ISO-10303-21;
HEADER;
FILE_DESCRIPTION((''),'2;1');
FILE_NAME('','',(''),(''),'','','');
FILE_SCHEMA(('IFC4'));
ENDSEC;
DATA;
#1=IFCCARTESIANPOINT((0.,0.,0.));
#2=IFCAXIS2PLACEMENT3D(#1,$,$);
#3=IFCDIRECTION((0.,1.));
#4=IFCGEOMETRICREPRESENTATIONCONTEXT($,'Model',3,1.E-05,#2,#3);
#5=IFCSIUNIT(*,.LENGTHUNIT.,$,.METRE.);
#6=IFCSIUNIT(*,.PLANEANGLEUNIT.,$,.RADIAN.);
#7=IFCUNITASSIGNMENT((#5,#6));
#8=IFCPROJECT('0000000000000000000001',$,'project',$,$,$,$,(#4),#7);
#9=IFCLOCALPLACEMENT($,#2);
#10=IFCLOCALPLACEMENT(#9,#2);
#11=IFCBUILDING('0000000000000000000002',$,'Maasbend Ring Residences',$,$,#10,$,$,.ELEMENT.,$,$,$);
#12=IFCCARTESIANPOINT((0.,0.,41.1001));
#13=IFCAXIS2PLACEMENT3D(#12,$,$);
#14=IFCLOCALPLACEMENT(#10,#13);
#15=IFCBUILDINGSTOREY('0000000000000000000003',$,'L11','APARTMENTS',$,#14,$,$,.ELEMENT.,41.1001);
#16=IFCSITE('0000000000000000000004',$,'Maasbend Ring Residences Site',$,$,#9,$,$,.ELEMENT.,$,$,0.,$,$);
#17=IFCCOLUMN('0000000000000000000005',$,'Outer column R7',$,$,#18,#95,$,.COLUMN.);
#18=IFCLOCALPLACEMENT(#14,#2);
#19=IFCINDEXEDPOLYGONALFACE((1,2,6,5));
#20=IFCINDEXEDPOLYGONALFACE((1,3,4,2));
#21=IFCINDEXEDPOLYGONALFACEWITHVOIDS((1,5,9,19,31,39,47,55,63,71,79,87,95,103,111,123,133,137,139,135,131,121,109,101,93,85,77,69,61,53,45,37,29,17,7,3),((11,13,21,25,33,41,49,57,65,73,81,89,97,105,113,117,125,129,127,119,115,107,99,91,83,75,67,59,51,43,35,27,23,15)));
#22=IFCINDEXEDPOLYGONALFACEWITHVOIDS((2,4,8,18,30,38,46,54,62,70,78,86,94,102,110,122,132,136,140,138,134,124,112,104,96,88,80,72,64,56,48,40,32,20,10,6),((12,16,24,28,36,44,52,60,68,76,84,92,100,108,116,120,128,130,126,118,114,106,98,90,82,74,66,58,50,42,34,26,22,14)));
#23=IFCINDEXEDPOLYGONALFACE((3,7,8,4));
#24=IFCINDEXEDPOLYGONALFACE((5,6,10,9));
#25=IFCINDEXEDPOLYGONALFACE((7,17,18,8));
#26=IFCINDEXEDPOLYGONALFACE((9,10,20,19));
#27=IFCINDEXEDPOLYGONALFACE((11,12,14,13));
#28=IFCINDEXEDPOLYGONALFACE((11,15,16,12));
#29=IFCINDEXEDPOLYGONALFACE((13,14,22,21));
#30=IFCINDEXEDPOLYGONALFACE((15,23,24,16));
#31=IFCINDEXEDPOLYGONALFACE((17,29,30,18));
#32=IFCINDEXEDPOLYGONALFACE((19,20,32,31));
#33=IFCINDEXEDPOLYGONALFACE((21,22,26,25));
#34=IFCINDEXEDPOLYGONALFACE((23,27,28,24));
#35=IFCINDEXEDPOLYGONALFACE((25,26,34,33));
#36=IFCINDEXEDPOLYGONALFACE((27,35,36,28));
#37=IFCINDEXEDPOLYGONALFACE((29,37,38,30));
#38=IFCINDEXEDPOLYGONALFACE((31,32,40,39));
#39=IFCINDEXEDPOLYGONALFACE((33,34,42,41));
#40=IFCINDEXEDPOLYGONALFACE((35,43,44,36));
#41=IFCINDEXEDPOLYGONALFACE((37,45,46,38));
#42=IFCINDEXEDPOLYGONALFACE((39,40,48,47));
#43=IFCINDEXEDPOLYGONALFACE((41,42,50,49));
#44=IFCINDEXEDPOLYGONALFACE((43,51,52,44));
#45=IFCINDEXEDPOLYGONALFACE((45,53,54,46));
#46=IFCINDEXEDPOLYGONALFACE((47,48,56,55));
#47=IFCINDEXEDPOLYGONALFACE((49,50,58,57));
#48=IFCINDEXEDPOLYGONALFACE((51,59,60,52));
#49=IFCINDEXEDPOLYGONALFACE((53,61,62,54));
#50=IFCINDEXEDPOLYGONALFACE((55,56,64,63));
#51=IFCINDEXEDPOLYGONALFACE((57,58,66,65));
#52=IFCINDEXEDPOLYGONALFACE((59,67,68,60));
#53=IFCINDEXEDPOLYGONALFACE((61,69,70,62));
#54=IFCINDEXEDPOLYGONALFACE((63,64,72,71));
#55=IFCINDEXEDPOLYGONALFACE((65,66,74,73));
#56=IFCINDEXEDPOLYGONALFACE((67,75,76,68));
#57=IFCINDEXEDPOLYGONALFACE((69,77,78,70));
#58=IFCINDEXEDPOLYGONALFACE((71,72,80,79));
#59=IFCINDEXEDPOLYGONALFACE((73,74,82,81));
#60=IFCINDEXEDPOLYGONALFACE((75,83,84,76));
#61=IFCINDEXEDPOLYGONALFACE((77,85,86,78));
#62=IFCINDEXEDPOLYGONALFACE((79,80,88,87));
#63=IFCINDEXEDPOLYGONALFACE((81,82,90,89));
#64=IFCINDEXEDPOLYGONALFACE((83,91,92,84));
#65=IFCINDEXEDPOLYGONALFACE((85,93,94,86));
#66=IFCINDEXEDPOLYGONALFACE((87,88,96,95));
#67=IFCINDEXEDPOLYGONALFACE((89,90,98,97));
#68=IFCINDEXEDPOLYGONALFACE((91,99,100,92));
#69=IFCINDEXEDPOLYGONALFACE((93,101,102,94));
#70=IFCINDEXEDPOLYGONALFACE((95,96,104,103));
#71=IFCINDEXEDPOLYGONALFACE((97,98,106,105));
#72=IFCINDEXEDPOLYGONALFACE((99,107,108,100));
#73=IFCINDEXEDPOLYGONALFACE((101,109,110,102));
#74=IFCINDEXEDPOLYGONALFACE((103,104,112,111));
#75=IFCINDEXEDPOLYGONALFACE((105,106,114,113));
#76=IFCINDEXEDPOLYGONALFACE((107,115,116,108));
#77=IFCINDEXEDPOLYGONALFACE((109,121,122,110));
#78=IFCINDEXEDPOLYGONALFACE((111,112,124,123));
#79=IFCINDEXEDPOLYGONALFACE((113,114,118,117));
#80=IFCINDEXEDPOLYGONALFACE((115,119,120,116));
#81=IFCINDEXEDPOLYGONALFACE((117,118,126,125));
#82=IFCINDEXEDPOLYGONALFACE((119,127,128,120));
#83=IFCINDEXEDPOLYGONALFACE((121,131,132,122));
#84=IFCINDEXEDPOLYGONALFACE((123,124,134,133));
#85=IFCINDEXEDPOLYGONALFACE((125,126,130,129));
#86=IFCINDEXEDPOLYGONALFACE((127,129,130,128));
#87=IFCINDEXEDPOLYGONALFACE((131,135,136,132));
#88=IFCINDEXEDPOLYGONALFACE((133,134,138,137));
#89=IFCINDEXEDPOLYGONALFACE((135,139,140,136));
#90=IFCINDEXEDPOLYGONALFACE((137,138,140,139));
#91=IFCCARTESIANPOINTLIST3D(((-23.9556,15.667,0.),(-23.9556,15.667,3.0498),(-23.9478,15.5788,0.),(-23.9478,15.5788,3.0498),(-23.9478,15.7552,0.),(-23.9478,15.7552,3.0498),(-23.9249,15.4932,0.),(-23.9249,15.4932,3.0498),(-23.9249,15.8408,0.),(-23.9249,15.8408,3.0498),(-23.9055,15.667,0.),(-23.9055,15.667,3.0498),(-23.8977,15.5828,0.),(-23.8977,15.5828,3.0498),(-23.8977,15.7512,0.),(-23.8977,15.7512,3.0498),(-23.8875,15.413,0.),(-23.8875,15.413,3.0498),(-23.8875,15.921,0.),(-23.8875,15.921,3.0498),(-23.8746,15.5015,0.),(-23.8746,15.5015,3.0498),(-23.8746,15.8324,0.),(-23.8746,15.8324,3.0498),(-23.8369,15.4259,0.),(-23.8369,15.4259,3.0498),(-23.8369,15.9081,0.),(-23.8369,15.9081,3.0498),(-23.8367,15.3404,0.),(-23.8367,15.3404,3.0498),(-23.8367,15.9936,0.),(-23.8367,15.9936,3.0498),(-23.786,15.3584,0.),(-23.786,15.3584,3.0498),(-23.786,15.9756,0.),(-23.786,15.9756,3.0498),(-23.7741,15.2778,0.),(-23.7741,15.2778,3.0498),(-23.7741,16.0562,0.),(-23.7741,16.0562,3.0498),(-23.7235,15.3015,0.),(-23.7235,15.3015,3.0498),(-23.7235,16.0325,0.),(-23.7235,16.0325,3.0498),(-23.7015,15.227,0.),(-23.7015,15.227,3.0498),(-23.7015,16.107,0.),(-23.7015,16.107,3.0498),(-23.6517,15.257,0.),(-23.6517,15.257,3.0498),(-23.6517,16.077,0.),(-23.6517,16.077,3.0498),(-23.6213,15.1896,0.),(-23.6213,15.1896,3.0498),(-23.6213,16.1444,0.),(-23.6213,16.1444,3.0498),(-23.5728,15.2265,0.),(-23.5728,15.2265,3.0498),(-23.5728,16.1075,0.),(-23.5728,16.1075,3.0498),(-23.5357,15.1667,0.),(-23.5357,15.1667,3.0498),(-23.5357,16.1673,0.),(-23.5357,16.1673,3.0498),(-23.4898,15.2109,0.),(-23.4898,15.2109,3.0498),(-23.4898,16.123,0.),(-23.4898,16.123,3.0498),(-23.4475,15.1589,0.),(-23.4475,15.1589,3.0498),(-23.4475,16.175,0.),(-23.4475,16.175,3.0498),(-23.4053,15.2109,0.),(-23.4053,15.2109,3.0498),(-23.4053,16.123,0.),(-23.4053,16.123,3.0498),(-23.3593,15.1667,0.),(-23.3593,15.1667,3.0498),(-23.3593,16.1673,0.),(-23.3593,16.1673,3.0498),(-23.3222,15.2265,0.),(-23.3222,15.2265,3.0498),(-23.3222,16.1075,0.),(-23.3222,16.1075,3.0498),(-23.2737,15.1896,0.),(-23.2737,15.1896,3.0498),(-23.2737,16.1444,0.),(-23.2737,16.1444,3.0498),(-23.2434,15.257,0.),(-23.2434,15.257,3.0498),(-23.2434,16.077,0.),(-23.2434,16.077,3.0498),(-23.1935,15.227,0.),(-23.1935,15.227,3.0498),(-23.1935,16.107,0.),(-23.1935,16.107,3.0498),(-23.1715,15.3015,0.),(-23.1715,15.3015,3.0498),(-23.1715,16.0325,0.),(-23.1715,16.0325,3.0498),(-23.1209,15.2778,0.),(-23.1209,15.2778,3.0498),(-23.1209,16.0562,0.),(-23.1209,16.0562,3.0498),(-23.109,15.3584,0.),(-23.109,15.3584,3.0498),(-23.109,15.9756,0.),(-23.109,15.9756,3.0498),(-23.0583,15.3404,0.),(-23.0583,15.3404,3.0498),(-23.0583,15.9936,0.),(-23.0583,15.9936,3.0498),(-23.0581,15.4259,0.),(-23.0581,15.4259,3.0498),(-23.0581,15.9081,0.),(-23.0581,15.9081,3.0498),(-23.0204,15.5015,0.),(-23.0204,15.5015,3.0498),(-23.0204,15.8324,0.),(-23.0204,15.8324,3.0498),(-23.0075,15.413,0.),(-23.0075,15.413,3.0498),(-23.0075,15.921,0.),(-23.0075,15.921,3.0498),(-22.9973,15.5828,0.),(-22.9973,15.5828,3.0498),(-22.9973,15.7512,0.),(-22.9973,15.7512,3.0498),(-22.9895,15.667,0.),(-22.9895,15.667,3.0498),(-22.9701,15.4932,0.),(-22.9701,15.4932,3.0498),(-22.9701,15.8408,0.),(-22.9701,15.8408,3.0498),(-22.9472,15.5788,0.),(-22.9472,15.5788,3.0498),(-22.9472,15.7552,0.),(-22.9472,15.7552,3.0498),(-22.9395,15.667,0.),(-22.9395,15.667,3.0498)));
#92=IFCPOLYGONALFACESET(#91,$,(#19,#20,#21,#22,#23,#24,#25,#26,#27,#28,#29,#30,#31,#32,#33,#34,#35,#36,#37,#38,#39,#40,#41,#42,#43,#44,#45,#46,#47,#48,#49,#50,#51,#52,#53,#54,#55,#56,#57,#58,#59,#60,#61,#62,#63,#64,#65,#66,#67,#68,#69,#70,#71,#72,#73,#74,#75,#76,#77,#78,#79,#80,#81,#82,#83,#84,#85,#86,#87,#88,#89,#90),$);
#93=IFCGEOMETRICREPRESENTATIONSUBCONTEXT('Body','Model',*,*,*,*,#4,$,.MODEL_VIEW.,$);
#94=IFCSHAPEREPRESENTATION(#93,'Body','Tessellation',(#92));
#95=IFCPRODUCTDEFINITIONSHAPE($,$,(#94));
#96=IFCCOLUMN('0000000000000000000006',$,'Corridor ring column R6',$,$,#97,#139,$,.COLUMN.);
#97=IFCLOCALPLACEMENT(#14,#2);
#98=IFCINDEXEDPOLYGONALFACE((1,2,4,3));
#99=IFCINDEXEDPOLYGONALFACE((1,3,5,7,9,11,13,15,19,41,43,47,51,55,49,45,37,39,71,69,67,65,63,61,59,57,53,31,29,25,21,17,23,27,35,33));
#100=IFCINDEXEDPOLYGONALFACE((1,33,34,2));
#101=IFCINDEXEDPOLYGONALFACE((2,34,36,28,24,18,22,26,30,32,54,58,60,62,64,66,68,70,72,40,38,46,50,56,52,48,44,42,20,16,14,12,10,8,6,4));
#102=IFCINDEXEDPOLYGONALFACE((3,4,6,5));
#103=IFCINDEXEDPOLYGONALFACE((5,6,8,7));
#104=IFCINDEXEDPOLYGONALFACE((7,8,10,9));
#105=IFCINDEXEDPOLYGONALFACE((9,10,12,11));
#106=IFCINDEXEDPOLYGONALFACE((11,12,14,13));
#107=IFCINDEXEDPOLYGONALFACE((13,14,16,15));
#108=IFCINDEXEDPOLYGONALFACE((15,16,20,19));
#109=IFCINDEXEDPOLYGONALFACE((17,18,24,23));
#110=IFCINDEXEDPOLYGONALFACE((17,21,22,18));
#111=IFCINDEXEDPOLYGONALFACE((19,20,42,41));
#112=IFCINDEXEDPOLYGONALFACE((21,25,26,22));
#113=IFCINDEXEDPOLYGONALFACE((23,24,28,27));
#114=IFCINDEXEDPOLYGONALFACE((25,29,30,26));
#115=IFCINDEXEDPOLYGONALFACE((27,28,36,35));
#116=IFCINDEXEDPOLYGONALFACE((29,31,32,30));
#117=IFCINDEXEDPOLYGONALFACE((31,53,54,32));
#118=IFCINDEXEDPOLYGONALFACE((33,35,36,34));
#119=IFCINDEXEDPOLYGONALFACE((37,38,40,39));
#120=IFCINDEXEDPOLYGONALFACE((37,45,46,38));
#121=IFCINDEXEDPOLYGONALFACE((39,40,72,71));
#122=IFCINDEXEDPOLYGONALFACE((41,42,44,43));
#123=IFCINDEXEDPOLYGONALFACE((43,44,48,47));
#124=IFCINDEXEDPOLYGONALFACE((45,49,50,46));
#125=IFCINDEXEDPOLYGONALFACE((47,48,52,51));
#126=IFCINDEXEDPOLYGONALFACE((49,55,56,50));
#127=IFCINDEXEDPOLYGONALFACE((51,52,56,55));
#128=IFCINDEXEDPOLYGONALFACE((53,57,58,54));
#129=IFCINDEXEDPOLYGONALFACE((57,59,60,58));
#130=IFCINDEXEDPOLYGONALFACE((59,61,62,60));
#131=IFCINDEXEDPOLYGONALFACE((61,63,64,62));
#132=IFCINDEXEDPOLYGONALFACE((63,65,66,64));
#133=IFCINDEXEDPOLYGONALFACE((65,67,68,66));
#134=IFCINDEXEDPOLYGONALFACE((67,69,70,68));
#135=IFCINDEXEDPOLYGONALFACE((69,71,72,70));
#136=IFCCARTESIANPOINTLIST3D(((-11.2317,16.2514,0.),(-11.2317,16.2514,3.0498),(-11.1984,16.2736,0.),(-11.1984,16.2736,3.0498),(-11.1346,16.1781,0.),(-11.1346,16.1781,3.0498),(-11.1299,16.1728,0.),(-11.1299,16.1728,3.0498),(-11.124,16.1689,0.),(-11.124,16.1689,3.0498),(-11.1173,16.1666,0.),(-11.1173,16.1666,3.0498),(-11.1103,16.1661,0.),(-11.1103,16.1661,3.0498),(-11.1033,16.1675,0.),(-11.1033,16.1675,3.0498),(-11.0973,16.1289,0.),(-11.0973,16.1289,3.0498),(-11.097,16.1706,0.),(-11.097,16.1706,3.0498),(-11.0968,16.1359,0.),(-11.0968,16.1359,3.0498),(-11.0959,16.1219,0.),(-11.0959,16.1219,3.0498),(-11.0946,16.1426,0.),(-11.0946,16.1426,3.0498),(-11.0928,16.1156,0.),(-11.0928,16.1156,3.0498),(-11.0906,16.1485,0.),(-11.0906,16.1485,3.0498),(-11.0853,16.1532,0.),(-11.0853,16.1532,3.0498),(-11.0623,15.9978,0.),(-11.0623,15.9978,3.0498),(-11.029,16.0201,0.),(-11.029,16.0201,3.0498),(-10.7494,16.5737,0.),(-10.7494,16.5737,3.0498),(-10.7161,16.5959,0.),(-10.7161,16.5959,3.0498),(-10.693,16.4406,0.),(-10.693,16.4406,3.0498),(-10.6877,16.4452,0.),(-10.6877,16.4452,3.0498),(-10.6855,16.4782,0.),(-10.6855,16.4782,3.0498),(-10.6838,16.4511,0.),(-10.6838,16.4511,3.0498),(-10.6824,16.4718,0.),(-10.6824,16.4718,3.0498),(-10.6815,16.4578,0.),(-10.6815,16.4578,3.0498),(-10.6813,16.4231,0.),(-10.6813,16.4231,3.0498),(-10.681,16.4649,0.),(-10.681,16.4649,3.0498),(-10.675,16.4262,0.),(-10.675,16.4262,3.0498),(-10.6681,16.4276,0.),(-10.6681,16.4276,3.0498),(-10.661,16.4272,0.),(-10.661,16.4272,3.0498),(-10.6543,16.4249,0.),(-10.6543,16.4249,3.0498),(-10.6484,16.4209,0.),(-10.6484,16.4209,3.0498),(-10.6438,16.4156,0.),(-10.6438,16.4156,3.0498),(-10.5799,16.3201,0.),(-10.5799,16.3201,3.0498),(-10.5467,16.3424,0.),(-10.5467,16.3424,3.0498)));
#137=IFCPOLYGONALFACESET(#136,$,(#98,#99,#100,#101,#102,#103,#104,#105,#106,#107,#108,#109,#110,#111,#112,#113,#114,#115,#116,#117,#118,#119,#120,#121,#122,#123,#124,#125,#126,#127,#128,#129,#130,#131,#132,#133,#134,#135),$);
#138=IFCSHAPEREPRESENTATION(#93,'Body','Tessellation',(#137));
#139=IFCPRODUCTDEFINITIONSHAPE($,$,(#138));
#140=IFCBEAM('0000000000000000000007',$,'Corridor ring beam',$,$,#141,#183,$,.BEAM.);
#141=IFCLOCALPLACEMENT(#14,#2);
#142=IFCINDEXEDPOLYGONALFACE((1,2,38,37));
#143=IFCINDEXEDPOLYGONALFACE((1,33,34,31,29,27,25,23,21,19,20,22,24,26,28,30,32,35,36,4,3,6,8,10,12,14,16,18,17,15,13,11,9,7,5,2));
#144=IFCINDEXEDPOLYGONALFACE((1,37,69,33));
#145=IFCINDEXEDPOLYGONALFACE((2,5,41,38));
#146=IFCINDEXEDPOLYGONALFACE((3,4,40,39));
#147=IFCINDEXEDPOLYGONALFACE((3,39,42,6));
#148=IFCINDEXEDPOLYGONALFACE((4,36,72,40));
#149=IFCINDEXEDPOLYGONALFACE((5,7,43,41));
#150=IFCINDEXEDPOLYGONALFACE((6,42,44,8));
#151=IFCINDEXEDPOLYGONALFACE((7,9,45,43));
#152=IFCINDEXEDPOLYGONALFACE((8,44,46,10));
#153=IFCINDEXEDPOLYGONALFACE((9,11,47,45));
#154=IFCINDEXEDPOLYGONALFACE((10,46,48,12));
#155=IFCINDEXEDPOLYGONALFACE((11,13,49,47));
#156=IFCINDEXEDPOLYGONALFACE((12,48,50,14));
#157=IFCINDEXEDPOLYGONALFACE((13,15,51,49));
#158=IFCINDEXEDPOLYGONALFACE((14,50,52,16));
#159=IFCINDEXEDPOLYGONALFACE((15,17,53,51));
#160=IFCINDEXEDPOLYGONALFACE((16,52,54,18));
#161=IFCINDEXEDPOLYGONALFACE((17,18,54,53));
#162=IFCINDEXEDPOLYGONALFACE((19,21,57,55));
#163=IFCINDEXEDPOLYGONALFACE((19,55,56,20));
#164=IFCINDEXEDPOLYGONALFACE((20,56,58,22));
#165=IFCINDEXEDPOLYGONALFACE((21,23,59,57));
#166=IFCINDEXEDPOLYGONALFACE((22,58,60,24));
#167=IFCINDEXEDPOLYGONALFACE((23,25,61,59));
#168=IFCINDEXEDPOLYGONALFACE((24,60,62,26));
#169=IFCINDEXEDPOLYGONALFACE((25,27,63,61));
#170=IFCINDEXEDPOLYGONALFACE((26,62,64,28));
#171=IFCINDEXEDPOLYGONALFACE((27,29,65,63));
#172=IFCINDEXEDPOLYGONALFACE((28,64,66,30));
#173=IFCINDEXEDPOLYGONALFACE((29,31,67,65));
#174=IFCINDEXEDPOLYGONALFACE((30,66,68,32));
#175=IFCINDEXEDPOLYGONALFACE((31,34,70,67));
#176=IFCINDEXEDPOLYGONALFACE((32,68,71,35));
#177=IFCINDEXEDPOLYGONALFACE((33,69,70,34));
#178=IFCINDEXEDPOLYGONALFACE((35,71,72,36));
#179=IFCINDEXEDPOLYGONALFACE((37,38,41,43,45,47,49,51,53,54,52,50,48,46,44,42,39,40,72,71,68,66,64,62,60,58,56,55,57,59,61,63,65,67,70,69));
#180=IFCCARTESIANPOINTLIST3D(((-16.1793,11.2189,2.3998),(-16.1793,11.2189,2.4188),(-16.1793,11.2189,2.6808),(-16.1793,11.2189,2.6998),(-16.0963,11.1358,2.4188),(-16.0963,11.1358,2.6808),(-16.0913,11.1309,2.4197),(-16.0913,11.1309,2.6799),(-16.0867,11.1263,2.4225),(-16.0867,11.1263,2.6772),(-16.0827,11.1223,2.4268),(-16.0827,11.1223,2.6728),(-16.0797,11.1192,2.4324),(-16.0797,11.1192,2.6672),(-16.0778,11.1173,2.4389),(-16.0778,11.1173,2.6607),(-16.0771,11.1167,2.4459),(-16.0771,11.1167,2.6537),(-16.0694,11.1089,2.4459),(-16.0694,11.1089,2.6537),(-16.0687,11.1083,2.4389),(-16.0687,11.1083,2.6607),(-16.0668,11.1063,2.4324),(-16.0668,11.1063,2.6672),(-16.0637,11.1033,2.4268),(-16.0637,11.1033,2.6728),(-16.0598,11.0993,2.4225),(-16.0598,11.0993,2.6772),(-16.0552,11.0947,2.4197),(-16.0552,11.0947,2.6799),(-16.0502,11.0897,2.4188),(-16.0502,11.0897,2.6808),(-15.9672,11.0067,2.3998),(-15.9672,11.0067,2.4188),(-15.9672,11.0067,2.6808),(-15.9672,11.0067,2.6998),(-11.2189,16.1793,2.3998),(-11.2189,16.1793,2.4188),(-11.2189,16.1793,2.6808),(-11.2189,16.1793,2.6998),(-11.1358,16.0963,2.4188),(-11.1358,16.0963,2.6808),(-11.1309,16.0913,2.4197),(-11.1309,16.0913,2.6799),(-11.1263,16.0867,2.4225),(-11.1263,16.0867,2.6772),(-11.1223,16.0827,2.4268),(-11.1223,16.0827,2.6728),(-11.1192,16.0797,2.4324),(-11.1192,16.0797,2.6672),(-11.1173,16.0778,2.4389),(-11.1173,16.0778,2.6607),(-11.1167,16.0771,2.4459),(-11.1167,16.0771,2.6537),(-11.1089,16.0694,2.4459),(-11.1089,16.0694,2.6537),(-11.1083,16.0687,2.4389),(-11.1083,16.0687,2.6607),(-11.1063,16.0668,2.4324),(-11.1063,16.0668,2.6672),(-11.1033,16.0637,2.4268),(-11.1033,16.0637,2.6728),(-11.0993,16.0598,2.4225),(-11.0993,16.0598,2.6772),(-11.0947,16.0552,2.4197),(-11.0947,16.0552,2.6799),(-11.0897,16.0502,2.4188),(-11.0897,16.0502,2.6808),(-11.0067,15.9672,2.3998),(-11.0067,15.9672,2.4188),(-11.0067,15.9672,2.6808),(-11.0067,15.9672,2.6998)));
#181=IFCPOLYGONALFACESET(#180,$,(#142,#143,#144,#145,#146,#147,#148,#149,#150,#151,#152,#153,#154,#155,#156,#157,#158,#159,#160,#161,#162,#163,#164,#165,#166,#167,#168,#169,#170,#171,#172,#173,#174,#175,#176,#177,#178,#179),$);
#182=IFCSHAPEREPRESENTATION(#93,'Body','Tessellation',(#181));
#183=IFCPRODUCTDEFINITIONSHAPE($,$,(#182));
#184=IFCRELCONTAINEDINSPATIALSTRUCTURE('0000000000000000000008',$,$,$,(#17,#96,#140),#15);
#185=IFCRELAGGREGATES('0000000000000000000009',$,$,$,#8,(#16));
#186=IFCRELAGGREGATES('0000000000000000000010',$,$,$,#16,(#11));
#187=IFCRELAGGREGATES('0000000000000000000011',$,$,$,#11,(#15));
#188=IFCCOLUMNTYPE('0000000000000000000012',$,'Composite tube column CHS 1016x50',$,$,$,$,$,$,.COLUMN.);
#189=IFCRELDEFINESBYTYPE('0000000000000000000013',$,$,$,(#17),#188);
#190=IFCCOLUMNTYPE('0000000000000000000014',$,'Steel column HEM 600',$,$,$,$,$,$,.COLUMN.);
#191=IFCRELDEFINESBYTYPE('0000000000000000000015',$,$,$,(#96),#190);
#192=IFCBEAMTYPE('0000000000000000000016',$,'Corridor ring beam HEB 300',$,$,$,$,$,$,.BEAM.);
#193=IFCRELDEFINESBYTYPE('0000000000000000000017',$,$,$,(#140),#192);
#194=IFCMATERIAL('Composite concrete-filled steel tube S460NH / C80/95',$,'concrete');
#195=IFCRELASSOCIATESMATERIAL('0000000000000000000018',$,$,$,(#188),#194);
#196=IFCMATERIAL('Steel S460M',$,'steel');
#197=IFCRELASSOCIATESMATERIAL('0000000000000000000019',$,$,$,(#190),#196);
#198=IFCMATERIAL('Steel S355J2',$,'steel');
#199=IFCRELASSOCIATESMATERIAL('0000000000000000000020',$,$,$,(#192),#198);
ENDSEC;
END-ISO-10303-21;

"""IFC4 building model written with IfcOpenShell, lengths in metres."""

from ifc_helpers import new_model, si_unit, direction, frame, origin, origin_2d, place, context, subcontext, project, spatial, hollow_circle, i_section, extrude, material, material_profile, profile_set, type_object, element, save


model = new_model("IFC4")

# Units and contexts
model_context = context("Model", 3, precision=1e-05, world=origin(), true_north=direction((0.0, 1.0)))
body_context = subcontext(model_context, "Body", "Model", "MODEL_VIEW")
ifc_project = project(units=[si_unit("LENGTHUNIT", "METRE"), si_unit("PLANEANGLEUNIT", "RADIAN")], contexts=[model_context])

# Site, building, storey
site_placement = place(None, origin())
site = spatial("IfcSite", under=ifc_project, at=site_placement, Name="Maasbend Ring Residences Site", CompositionType="ELEMENT", RefElevation=0.0)
building_placement = place(site_placement, origin())
building = spatial("IfcBuilding", under=site, at=building_placement, Name="Maasbend Ring Residences", CompositionType="ELEMENT")
storey_placement = place(building_placement, frame((0.0, 0.0, 41.1001)))
storey = spatial("IfcBuildingStorey", under=building, at=storey_placement, Name="L11", Description="APARTMENTS", CompositionType="ELEMENT", Elevation=41.1001)

# Columns
ifc_material_1 = material(Name="Composite concrete-filled steel tube S460NH / C80/95", Category="concrete")
ifc_material_profile_1 = material_profile(ifc_material_1, hollow_circle(Radius=0.5081, WallThickness=0.05, at=origin_2d()), Name="Composite tube column CHS 1016x50")
ifc_profile_set_1 = profile_set([ifc_material_profile_1], Name="Composite concrete-filled steel tube S460NH / C80/95")
column_type_1 = type_object("IfcColumnType", Name="Composite tube column CHS 1016x50", PredefinedType="COLUMN", material=ifc_profile_set_1)
column_1_placement = place(storey_placement, frame((-23.4475, 15.667, 0.0), z_axis=(0.0, 0.0, 1.0), x_axis=(1.0, 0.0, 0.0)))
element("IfcColumn", 1, at=column_1_placement, inside=storey, type_object=column_type_1, Name="Outer column R7", PredefinedType="COLUMN", context=body_context, shape_type="SweptSolid", body=[
    extrude(hollow_circle(Radius=0.5081, WallThickness=0.05, at=origin_2d()), origin(), (0.0, 0.0, 1.0), 3.0498),
])
ifc_material_2 = material(Name="Steel S460M", Category="steel")
ifc_material_profile_2 = material_profile(ifc_material_2, i_section(OverallWidth=0.3049, OverallDepth=0.6201, WebThickness=0.021, FlangeThickness=0.04, FilletRadius=0.0271, at=origin_2d()), Name="HEM 600")
ifc_profile_set_2 = profile_set([ifc_material_profile_2], Name="Steel S460M")
column_type_2 = type_object("IfcColumnType", Name="Steel column HEM 600", PredefinedType="COLUMN", material=ifc_profile_set_2)
column_2_placement = place(storey_placement, frame((-10.8892, 16.2969, 0.0), z_axis=(0.0, 0.0, 1.0), x_axis=(-0.55557, 0.83147, 0.0)))
element("IfcColumn", 2, at=column_2_placement, inside=storey, type_object=column_type_2, Name="Corridor ring column R6", PredefinedType="COLUMN", context=body_context, shape_type="SweptSolid", body=[
    extrude(i_section(OverallWidth=0.3049, OverallDepth=0.6201, WebThickness=0.021, FlangeThickness=0.04, FilletRadius=0.0271, at=origin_2d()), origin(), (0.0, 0.0, 1.0), 3.0498),
])

# Beam
ifc_material_3 = material(Name="Steel S355J2", Category="steel")
ifc_material_profile_3 = material_profile(ifc_material_3, i_section(OverallWidth=0.3, OverallDepth=0.3, WebThickness=0.011, FlangeThickness=0.019, FilletRadius=0.0271, at=origin_2d()), Name="HEB 300")
ifc_profile_set_3 = profile_set([ifc_material_profile_3], Name="Steel S355J2")
beam_type = type_object("IfcBeamType", Name="Corridor ring beam HEB 300", PredefinedType="BEAM", material=ifc_profile_set_3)
beam_placement = place(storey_placement, frame((-11.1128, 16.0732, 2.5498), z_axis=(-0.707107, -0.707107, 0.0), x_axis=(0.707107, -0.707107, 0.0)))
element("IfcBeam", 3, at=beam_placement, inside=storey, type_object=beam_type, Name="Corridor ring beam", PredefinedType="BEAM", context=body_context, shape_type="SweptSolid", body=[
    extrude(i_section(OverallWidth=0.3, OverallDepth=0.3, WebThickness=0.011, FlangeThickness=0.019, FilletRadius=0.0271, at=origin_2d()), origin(), (0.0, 0.0, 1.0), 7.0151),
])

save(model, "model.ifc")
